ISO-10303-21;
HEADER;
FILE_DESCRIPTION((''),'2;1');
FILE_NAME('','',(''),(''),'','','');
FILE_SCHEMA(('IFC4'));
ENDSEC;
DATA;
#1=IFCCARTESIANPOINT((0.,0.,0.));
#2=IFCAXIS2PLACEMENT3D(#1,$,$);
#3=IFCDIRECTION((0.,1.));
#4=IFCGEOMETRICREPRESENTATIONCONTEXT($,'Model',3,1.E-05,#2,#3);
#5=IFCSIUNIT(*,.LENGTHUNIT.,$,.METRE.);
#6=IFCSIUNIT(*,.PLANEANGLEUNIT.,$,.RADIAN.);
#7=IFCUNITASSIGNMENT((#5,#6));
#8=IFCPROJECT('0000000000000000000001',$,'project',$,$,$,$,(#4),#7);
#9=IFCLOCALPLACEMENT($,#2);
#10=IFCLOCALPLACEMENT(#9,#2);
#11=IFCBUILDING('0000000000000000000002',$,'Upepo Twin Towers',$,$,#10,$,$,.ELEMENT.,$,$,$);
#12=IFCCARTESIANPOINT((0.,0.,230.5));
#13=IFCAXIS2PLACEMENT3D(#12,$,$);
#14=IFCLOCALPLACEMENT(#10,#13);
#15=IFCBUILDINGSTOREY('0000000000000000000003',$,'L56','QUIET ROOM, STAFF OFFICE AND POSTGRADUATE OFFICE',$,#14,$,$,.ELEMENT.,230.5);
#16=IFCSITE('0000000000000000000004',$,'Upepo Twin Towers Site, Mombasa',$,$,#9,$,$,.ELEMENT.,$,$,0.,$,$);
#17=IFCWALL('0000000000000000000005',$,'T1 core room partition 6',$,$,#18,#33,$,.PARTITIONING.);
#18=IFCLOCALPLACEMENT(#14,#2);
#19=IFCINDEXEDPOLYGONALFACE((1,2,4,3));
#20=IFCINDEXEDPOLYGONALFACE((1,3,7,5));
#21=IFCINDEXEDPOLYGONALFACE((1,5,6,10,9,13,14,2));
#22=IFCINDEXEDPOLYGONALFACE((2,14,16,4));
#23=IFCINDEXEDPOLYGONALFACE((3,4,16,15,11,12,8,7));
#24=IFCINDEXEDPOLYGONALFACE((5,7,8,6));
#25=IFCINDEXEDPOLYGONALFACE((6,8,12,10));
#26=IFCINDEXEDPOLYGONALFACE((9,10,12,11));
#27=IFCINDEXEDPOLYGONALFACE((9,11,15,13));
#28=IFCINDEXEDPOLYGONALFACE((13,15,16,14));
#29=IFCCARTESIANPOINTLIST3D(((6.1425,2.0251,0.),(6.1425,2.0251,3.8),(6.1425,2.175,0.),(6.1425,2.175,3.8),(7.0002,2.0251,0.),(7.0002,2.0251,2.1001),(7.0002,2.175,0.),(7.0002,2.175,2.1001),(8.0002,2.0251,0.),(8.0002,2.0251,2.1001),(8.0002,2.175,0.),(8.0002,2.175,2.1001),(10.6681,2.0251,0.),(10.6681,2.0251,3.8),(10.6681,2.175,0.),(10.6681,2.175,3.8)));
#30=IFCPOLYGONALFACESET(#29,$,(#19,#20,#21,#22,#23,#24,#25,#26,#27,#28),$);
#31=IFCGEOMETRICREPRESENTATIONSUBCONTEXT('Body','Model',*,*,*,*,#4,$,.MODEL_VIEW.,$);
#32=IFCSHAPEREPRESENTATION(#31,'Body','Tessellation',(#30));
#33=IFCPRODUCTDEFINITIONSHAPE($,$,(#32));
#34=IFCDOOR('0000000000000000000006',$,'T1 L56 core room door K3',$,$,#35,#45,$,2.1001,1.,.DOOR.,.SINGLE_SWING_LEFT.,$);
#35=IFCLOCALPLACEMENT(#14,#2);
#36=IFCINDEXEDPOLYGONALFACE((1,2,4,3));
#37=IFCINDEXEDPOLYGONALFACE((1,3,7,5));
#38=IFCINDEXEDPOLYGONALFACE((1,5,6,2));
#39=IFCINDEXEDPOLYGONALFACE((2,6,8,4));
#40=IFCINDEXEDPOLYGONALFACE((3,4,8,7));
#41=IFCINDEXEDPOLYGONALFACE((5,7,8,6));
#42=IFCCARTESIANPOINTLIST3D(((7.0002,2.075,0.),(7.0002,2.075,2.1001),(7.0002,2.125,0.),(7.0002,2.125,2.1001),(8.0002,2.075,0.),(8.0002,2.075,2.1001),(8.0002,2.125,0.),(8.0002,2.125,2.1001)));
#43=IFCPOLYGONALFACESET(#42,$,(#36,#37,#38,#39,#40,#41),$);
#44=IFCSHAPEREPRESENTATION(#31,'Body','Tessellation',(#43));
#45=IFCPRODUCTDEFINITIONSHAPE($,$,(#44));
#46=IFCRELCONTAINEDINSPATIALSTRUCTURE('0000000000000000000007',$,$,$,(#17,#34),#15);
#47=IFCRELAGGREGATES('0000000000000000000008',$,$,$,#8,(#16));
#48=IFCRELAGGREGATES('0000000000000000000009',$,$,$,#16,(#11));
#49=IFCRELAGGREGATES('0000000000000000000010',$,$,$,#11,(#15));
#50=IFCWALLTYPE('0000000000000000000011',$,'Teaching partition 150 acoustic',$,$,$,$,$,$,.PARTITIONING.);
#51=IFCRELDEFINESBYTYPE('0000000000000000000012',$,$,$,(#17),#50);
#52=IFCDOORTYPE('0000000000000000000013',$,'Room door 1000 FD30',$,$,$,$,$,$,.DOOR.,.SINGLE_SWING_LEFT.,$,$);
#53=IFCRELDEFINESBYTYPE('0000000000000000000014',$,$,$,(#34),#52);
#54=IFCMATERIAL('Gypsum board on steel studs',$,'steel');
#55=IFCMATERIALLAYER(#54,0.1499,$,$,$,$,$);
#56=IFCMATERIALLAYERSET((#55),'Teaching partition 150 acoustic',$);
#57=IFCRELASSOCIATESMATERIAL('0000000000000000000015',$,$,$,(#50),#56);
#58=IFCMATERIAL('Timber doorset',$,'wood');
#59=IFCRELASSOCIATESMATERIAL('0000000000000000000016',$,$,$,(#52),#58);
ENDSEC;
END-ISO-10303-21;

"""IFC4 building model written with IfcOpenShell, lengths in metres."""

from ifc_helpers import new_model, si_unit, direction, frame, frame_2d, origin, place, context, subcontext, project, spatial, rectangle, extrude, material, layer, layer_set, type_object, element, fill, save


model = new_model("IFC4")

# Units and contexts
model_context = context("Model", 3, precision=1e-05, world=origin(), true_north=direction((0.0, 1.0)))
body_context = subcontext(model_context, "Body", "Model", "MODEL_VIEW")
ifc_project = project(units=[si_unit("LENGTHUNIT", "METRE"), si_unit("PLANEANGLEUNIT", "RADIAN")], contexts=[model_context])

# Site, building, storey
site_placement = place(None, origin())
site = spatial("IfcSite", under=ifc_project, at=site_placement, Name="Upepo Twin Towers Site, Mombasa", CompositionType="ELEMENT", RefElevation=0.0)
building_placement = place(site_placement, origin())
building = spatial("IfcBuilding", under=site, at=building_placement, Name="Upepo Twin Towers", CompositionType="ELEMENT")
storey_placement = place(building_placement, frame((0.0, 0.0, 230.5)))
storey = spatial("IfcBuildingStorey", under=building, at=storey_placement, Name="L56", Description="QUIET ROOM, STAFF OFFICE AND POSTGRADUATE OFFICE", CompositionType="ELEMENT", Elevation=230.5)

# Wall, opening, door
ifc_material_1 = material(Name="Gypsum board on steel studs", Category="steel")
ifc_layer_1 = layer(ifc_material_1, 0.1499)
ifc_layer_set_1 = layer_set([ifc_layer_1], Name="Teaching partition 150 acoustic")
wall_type_1 = type_object("IfcWallType", Name="Teaching partition 150 acoustic", PredefinedType="PARTITIONING", material=ifc_layer_set_1)
wall_1_placement = place(storey_placement, frame((6.1426, 2.1001, 0.0), z_axis=(0.0, 0.0, 1.0), x_axis=(1.0, 0.0, 0.0)))
wall_1 = element("IfcWall", 1, at=wall_1_placement, inside=storey, type_object=wall_type_1, Name="T1 core room partition 6", PredefinedType="PARTITIONING", context=body_context, shape_type="SweptSolid", body=[
    extrude(rectangle(XDim=4.5256, YDim=0.1499, at=frame_2d((2.2627, 0.0))), origin(), (0.0, 0.0, 1.0), 3.8),
])
opening_1_placement = place(wall_1_placement, frame((0.8577, 0.0, 0.0)))
opening_1 = element("IfcOpeningElement", 2, at=opening_1_placement, cuts=wall_1, PredefinedType="OPENING", context=body_context, shape_type="SweptSolid", body=[
    extrude(rectangle(XDim=1.0, YDim=2.1001, at=frame_2d((0.5, 1.05))), frame((0.0, 0.085, 0.0), z_axis=(0.0, -1.0, 0.0), x_axis=(1.0, 0.0, 0.0)), (0.0, 0.0, 1.0), 0.1699),
])
ifc_material_2 = material(Name="Timber doorset", Category="wood")
door_type_1 = type_object("IfcDoorType", Name="Room door 1000 FD30", OperationType="SINGLE_SWING_LEFT", PredefinedType="DOOR", material=ifc_material_2)
door_1_placement = place(opening_1_placement, origin())
door_1 = element("IfcDoor", 3, at=door_1_placement, inside=storey, type_object=door_type_1, Name="T1 L56 core room door K3", OperationType="SINGLE_SWING_LEFT", OverallHeight=2.1001, OverallWidth=1.0, PredefinedType="DOOR", context=body_context, shape_type="SweptSolid", body=[
    extrude(rectangle(XDim=1.0, YDim=2.1001, at=frame_2d((0.5, 1.05))), frame((0.0, 0.0249, 0.0), z_axis=(0.0, -1.0, 0.0), x_axis=(1.0, 0.0, 0.0)), (0.0, 0.0, 1.0), 0.05),
])
fill(opening_1, door_1)

save(model, "model.ifc")
